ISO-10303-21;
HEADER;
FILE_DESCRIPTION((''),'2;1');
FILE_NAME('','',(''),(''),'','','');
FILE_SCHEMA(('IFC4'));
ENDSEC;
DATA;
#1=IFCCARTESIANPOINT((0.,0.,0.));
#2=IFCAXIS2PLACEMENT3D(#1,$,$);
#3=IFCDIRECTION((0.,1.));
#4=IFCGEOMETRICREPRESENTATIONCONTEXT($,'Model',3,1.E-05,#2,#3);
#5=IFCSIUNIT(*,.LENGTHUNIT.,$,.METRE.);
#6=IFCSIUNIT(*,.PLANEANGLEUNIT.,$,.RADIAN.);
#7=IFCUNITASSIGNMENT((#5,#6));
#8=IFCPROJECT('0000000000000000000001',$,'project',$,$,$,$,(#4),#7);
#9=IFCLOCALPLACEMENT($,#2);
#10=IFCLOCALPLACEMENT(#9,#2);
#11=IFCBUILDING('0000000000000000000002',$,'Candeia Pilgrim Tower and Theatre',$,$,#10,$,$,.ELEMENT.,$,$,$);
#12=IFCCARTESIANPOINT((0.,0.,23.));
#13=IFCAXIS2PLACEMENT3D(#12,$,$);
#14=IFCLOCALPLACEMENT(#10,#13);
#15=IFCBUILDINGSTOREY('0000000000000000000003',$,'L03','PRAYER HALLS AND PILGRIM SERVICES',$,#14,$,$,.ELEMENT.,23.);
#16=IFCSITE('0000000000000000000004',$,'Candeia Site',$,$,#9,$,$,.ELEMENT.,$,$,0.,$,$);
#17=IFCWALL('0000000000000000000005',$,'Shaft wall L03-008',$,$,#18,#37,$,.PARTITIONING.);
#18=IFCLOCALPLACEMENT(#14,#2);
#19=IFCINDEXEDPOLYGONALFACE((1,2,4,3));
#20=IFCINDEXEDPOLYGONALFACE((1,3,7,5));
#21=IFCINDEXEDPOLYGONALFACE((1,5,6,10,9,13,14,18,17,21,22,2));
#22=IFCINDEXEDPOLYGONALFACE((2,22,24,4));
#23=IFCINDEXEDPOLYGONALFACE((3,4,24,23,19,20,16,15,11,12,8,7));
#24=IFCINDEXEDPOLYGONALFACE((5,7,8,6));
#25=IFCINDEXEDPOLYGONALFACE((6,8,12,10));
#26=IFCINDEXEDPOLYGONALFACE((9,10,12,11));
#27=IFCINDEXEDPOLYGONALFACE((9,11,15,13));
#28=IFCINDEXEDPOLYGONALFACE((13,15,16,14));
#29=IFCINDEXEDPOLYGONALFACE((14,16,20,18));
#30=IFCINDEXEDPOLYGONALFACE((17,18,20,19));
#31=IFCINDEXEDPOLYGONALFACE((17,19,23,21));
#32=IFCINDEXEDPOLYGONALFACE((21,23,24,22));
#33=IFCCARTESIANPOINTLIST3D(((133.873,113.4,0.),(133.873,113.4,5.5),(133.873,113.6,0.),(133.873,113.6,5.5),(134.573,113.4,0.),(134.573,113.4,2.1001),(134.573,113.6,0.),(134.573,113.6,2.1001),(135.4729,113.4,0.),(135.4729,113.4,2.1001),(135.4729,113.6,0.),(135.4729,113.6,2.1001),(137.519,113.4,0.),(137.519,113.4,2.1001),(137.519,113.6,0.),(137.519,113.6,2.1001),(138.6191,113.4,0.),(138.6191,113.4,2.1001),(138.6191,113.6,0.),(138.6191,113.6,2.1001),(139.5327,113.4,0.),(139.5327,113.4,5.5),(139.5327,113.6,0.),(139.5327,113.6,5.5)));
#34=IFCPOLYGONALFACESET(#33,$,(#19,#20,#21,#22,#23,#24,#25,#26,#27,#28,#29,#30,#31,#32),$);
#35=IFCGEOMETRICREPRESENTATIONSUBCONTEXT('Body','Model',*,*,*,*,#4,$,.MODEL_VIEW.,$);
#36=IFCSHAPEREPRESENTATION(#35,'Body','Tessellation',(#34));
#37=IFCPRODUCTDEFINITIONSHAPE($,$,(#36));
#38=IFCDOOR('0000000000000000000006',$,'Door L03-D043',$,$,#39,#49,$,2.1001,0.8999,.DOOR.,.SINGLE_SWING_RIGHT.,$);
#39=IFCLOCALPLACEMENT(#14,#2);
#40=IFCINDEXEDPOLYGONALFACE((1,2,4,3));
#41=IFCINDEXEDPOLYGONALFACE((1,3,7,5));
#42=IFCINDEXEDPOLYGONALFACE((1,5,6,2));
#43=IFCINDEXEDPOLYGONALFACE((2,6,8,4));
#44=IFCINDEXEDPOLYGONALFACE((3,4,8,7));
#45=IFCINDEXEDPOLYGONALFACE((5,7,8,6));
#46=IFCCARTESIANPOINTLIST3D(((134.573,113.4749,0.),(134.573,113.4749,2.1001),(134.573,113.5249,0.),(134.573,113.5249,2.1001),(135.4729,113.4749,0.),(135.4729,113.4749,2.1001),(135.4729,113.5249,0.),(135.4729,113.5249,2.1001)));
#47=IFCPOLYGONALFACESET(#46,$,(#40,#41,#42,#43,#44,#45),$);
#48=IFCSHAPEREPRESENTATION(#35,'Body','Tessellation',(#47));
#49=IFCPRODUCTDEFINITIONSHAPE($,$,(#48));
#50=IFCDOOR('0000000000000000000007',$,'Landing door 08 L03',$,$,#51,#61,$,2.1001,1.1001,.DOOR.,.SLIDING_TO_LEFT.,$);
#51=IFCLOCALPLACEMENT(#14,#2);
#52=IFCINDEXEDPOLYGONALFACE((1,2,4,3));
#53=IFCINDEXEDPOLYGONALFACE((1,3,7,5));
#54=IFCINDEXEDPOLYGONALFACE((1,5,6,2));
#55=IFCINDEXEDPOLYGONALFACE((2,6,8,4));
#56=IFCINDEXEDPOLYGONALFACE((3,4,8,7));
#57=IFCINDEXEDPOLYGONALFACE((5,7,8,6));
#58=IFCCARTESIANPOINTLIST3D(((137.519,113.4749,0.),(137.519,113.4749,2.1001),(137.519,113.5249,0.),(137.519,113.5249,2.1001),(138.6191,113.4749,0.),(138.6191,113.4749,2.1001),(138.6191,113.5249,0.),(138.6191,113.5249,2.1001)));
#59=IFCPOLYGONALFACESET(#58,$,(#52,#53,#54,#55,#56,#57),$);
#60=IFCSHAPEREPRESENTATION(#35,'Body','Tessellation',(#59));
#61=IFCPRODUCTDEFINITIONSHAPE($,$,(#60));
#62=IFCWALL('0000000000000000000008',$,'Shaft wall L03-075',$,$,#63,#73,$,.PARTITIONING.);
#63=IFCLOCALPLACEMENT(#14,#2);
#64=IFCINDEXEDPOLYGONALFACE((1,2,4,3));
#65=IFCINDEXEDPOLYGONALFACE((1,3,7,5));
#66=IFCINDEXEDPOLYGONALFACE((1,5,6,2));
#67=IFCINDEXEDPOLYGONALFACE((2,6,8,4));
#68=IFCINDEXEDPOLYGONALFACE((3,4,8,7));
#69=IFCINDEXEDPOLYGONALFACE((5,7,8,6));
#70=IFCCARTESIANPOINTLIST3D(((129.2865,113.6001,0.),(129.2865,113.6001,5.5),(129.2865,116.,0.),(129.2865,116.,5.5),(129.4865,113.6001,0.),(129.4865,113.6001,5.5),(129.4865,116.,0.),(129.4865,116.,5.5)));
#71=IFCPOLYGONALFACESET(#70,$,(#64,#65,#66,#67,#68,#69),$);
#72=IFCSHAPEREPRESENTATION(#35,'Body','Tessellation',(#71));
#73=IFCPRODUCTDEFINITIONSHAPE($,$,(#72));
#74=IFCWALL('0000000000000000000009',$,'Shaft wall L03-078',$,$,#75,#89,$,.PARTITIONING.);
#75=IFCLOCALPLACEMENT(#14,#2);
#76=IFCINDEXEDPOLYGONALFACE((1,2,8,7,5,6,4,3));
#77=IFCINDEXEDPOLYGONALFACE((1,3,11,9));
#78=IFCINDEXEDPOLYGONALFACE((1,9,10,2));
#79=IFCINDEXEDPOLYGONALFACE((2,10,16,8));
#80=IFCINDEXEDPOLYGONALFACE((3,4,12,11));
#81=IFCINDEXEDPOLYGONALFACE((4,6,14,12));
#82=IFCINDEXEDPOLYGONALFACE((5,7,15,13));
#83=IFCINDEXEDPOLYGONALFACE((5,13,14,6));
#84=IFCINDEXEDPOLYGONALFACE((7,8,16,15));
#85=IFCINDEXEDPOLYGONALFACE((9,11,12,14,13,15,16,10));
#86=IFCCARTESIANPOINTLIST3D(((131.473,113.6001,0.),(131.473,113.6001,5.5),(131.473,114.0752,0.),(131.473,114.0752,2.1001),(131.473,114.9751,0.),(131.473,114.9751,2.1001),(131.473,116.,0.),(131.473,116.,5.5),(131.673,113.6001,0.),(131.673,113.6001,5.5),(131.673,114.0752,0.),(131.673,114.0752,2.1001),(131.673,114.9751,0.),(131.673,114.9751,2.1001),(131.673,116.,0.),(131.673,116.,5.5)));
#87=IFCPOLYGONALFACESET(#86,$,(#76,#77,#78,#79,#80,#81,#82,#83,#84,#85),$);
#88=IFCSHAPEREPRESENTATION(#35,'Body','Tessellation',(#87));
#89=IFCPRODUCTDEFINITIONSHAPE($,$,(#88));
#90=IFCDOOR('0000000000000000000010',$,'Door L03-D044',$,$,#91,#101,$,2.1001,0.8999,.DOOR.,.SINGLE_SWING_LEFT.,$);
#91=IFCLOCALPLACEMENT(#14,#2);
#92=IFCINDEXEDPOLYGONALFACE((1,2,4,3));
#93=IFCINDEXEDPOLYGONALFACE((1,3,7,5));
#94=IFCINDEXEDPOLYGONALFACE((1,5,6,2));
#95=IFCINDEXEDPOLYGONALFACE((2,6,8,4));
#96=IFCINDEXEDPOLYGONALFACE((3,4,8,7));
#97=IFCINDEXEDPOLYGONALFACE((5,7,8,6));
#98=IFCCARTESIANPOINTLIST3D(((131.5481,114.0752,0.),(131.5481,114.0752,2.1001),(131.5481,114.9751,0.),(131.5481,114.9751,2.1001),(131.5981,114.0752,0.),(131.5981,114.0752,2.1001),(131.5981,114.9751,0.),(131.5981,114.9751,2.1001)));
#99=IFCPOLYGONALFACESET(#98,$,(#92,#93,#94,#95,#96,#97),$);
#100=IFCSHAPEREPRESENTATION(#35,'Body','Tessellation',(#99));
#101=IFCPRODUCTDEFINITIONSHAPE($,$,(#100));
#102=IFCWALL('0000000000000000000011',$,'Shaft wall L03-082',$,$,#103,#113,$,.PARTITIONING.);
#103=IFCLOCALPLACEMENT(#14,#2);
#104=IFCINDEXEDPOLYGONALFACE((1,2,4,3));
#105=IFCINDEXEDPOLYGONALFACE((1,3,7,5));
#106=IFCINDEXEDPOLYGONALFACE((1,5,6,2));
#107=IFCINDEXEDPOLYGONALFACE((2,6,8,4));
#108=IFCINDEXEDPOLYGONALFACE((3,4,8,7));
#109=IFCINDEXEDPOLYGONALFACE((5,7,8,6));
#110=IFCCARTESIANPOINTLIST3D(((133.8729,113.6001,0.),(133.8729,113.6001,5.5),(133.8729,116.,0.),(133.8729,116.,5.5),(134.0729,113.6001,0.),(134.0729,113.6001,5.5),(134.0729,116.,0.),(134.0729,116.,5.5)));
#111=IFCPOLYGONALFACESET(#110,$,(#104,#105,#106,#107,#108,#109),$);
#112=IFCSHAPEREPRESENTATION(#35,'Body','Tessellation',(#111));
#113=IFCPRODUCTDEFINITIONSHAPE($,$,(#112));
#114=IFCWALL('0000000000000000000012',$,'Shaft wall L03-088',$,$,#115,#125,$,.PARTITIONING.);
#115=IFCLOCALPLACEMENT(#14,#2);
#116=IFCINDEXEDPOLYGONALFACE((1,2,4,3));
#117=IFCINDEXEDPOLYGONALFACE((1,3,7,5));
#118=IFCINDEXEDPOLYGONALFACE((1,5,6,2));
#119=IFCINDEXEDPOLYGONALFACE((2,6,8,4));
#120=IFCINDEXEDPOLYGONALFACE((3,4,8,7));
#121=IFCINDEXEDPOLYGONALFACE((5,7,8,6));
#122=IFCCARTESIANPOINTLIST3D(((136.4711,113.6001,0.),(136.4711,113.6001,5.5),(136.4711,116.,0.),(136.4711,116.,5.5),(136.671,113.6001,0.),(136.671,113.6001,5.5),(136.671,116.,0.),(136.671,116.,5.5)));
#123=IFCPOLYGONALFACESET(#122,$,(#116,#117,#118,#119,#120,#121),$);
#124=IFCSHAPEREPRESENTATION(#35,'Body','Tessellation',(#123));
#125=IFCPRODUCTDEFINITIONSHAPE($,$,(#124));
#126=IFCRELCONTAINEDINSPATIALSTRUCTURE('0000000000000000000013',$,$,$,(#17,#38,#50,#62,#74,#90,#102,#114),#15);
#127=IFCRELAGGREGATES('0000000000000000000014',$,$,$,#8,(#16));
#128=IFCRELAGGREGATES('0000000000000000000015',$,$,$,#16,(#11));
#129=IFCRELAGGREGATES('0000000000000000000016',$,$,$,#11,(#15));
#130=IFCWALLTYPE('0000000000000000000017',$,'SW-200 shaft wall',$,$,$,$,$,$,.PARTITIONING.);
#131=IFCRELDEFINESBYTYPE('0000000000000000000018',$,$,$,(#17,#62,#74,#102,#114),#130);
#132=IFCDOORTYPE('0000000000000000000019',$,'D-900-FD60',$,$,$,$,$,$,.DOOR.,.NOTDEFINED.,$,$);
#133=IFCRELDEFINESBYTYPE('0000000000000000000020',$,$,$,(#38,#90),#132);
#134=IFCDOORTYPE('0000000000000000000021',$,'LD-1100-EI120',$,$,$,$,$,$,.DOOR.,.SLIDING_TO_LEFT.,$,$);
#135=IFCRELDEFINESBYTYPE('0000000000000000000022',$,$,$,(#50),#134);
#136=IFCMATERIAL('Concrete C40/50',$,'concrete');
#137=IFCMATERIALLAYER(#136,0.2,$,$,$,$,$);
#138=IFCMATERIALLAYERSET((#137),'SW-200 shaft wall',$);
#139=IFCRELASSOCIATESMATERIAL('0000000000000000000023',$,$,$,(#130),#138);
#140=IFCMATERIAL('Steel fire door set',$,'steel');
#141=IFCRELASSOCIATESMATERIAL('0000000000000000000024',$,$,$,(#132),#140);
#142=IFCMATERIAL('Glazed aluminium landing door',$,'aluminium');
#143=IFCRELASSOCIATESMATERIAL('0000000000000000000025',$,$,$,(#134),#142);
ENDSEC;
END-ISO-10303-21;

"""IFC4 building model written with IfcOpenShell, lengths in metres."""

from ifc_helpers import new_model, si_unit, direction, frame, frame_2d, origin, place, context, subcontext, project, spatial, rectangle, extrude, material, layer, layer_set, type_object, element, fill, save


model = new_model("IFC4")

# Units and contexts
model_context = context("Model", 3, precision=1e-05, world=origin(), true_north=direction((0.0, 1.0)))
body_context = subcontext(model_context, "Body", "Model", "MODEL_VIEW")
ifc_project = project(units=[si_unit("LENGTHUNIT", "METRE"), si_unit("PLANEANGLEUNIT", "RADIAN")], contexts=[model_context])

# Site, building, storey
site_placement = place(None, origin())
site = spatial("IfcSite", under=ifc_project, at=site_placement, Name="Candeia Site", CompositionType="ELEMENT", RefElevation=0.0)
building_placement = place(site_placement, origin())
building = spatial("IfcBuilding", under=site, at=building_placement, Name="Candeia Pilgrim Tower and Theatre", CompositionType="ELEMENT")
storey_placement = place(building_placement, frame((0.0, 0.0, 23.0)))
storey = spatial("IfcBuildingStorey", under=building, at=storey_placement, Name="L03", Description="PRAYER HALLS AND PILGRIM SERVICES", CompositionType="ELEMENT", Elevation=23.0)

# Shared definitions
ifc_material_1 = material(Name="Steel fire door set", Category="steel")

# Shared definitions
ifc_material_2 = material(Name="Concrete C40/50", Category="concrete")
ifc_layer_1 = layer(ifc_material_2, 0.2)
ifc_layer_set_1 = layer_set([ifc_layer_1], Name="SW-200 shaft wall")
wall_type_1 = type_object("IfcWallType", Name="SW-200 shaft wall", PredefinedType="PARTITIONING", material=ifc_layer_set_1)
door_type_1 = type_object("IfcDoorType", Name="D-900-FD60", OperationType="NOTDEFINED", PredefinedType="DOOR", material=ifc_material_1)

# Wall, openings, doors
wall_1_placement = place(storey_placement, frame((133.873, 113.5, 0.0), z_axis=(0.0, 0.0, 1.0), x_axis=(1.0, 0.0, 0.0)))
wall_1 = element("IfcWall", 1, at=wall_1_placement, inside=storey, type_object=wall_type_1, Name="Shaft wall L03-008", PredefinedType="PARTITIONING", context=body_context, shape_type="SweptSolid", body=[
    extrude(rectangle(XDim=5.6597, YDim=0.2, at=frame_2d((2.8298, 0.0))), origin(), (0.0, 0.0, 1.0), 5.5),
])
opening_1_placement = place(wall_1_placement, frame((3.646, 0.0, 0.0)))
opening_1 = element("IfcOpeningElement", 2, at=opening_1_placement, cuts=wall_1, PredefinedType="OPENING", context=body_context, shape_type="SweptSolid", body=[
    extrude(rectangle(XDim=1.1001, YDim=2.1001, at=frame_2d((0.55, 1.05))), frame((0.0, 0.1099, 0.0), z_axis=(0.0, -1.0, 0.0), x_axis=(1.0, 0.0, 0.0)), (0.0, 0.0, 1.0), 0.22),
])
opening_2_placement = place(wall_1_placement, frame((0.7, 0.0, 0.0)))
opening_2 = element("IfcOpeningElement", 3, at=opening_2_placement, cuts=wall_1, PredefinedType="OPENING", context=body_context, shape_type="SweptSolid", body=[
    extrude(rectangle(XDim=0.8999, YDim=2.1001, at=frame_2d((0.45, 1.05))), frame((0.0, 0.1099, 0.0), z_axis=(0.0, -1.0, 0.0), x_axis=(1.0, 0.0, 0.0)), (0.0, 0.0, 1.0), 0.22),
])
door_1_placement = place(opening_2_placement, origin())
door_1 = element("IfcDoor", 4, at=door_1_placement, inside=storey, type_object=door_type_1, Name="Door L03-D043", OperationType="SINGLE_SWING_RIGHT", OverallHeight=2.1001, OverallWidth=0.8999, PredefinedType="DOOR", context=body_context, shape_type="SweptSolid", body=[
    extrude(rectangle(XDim=0.8999, YDim=2.1001, at=frame_2d((0.45, 1.05))), frame((0.0, 0.0249, 0.0), z_axis=(0.0, -1.0, 0.0), x_axis=(1.0, 0.0, 0.0)), (0.0, 0.0, 1.0), 0.05),
])
fill(opening_2, door_1)
ifc_material_3 = material(Name="Glazed aluminium landing door", Category="aluminium")
door_type_2 = type_object("IfcDoorType", Name="LD-1100-EI120", OperationType="SLIDING_TO_LEFT", PredefinedType="DOOR", material=ifc_material_3)
door_2_placement = place(opening_1_placement, origin())
door_2 = element("IfcDoor", 5, at=door_2_placement, inside=storey, type_object=door_type_2, Name="Landing door 08 L03", OperationType="SLIDING_TO_LEFT", OverallHeight=2.1001, OverallWidth=1.1001, PredefinedType="DOOR", context=body_context, shape_type="SweptSolid", body=[
    extrude(rectangle(XDim=1.1001, YDim=2.1001, at=frame_2d((0.55, 1.05))), frame((0.0, 0.0249, 0.0), z_axis=(0.0, -1.0, 0.0), x_axis=(1.0, 0.0, 0.0)), (0.0, 0.0, 1.0), 0.05),
])
fill(opening_1, door_2)

# Wall
wall_2_placement = place(storey_placement, frame((129.3865, 113.6001, 0.0), z_axis=(0.0, 0.0, 1.0), x_axis=(0.0, 1.0, 0.0)))
element("IfcWall", 6, at=wall_2_placement, inside=storey, type_object=wall_type_1, Name="Shaft wall L03-075", PredefinedType="PARTITIONING", context=body_context, shape_type="SweptSolid", body=[
    extrude(rectangle(XDim=2.3999, YDim=0.2, at=frame_2d((1.2, 0.0))), origin(), (0.0, 0.0, 1.0), 5.5),
])

# Wall, opening, door
wall_3_placement = place(storey_placement, frame((131.573, 113.6001, 0.0), z_axis=(0.0, 0.0, 1.0), x_axis=(0.0, 1.0, 0.0)))
wall_3 = element("IfcWall", 7, at=wall_3_placement, inside=storey, type_object=wall_type_1, Name="Shaft wall L03-078", PredefinedType="PARTITIONING", context=body_context, shape_type="SweptSolid", body=[
    extrude(rectangle(XDim=2.3999, YDim=0.2, at=frame_2d((1.2, 0.0))), origin(), (0.0, 0.0, 1.0), 5.5),
])
opening_3_placement = place(wall_3_placement, frame((0.4751, 0.0, 0.0)))
opening_3 = element("IfcOpeningElement", 8, at=opening_3_placement, cuts=wall_3, PredefinedType="OPENING", context=body_context, shape_type="SweptSolid", body=[
    extrude(rectangle(XDim=0.8999, YDim=2.1001, at=frame_2d((0.45, 1.05))), frame((0.0, 0.1099, 0.0), z_axis=(0.0, -1.0, 0.0), x_axis=(1.0, 0.0, 0.0)), (0.0, 0.0, 1.0), 0.22),
])
door_3_placement = place(opening_3_placement, origin())
door_3 = element("IfcDoor", 9, at=door_3_placement, inside=storey, type_object=door_type_1, Name="Door L03-D044", OperationType="SINGLE_SWING_LEFT", OverallHeight=2.1001, OverallWidth=0.8999, PredefinedType="DOOR", context=body_context, shape_type="SweptSolid", body=[
    extrude(rectangle(XDim=0.8999, YDim=2.1001, at=frame_2d((0.45, 1.05))), frame((0.0, 0.0249, 0.0), z_axis=(0.0, -1.0, 0.0), x_axis=(1.0, 0.0, 0.0)), (0.0, 0.0, 1.0), 0.05),
])
fill(opening_3, door_3)

# Walls
for number, where, z_axis, x_axis, name in (
    (10, (133.9729, 113.6001, 0.0), (0.0, 0.0, 1.0), (0.0, 1.0, 0.0), "Shaft wall L03-082"),
    (11, (136.571, 113.6001, 0.0), (0.0, 0.0, 1.0), (0.0, 1.0, 0.0), "Shaft wall L03-088"),
):
    element("IfcWall", number, at=place(storey_placement, frame(where, z_axis=z_axis, x_axis=x_axis)), inside=storey, type_object=wall_type_1, Name=name, PredefinedType="PARTITIONING", context=body_context, shape_type="SweptSolid", body=[
        extrude(rectangle(XDim=2.3999, YDim=0.2, at=frame_2d((1.2, 0.0))), origin(), (0.0, 0.0, 1.0), 5.5),
    ])

save(model, "model.ifc")
